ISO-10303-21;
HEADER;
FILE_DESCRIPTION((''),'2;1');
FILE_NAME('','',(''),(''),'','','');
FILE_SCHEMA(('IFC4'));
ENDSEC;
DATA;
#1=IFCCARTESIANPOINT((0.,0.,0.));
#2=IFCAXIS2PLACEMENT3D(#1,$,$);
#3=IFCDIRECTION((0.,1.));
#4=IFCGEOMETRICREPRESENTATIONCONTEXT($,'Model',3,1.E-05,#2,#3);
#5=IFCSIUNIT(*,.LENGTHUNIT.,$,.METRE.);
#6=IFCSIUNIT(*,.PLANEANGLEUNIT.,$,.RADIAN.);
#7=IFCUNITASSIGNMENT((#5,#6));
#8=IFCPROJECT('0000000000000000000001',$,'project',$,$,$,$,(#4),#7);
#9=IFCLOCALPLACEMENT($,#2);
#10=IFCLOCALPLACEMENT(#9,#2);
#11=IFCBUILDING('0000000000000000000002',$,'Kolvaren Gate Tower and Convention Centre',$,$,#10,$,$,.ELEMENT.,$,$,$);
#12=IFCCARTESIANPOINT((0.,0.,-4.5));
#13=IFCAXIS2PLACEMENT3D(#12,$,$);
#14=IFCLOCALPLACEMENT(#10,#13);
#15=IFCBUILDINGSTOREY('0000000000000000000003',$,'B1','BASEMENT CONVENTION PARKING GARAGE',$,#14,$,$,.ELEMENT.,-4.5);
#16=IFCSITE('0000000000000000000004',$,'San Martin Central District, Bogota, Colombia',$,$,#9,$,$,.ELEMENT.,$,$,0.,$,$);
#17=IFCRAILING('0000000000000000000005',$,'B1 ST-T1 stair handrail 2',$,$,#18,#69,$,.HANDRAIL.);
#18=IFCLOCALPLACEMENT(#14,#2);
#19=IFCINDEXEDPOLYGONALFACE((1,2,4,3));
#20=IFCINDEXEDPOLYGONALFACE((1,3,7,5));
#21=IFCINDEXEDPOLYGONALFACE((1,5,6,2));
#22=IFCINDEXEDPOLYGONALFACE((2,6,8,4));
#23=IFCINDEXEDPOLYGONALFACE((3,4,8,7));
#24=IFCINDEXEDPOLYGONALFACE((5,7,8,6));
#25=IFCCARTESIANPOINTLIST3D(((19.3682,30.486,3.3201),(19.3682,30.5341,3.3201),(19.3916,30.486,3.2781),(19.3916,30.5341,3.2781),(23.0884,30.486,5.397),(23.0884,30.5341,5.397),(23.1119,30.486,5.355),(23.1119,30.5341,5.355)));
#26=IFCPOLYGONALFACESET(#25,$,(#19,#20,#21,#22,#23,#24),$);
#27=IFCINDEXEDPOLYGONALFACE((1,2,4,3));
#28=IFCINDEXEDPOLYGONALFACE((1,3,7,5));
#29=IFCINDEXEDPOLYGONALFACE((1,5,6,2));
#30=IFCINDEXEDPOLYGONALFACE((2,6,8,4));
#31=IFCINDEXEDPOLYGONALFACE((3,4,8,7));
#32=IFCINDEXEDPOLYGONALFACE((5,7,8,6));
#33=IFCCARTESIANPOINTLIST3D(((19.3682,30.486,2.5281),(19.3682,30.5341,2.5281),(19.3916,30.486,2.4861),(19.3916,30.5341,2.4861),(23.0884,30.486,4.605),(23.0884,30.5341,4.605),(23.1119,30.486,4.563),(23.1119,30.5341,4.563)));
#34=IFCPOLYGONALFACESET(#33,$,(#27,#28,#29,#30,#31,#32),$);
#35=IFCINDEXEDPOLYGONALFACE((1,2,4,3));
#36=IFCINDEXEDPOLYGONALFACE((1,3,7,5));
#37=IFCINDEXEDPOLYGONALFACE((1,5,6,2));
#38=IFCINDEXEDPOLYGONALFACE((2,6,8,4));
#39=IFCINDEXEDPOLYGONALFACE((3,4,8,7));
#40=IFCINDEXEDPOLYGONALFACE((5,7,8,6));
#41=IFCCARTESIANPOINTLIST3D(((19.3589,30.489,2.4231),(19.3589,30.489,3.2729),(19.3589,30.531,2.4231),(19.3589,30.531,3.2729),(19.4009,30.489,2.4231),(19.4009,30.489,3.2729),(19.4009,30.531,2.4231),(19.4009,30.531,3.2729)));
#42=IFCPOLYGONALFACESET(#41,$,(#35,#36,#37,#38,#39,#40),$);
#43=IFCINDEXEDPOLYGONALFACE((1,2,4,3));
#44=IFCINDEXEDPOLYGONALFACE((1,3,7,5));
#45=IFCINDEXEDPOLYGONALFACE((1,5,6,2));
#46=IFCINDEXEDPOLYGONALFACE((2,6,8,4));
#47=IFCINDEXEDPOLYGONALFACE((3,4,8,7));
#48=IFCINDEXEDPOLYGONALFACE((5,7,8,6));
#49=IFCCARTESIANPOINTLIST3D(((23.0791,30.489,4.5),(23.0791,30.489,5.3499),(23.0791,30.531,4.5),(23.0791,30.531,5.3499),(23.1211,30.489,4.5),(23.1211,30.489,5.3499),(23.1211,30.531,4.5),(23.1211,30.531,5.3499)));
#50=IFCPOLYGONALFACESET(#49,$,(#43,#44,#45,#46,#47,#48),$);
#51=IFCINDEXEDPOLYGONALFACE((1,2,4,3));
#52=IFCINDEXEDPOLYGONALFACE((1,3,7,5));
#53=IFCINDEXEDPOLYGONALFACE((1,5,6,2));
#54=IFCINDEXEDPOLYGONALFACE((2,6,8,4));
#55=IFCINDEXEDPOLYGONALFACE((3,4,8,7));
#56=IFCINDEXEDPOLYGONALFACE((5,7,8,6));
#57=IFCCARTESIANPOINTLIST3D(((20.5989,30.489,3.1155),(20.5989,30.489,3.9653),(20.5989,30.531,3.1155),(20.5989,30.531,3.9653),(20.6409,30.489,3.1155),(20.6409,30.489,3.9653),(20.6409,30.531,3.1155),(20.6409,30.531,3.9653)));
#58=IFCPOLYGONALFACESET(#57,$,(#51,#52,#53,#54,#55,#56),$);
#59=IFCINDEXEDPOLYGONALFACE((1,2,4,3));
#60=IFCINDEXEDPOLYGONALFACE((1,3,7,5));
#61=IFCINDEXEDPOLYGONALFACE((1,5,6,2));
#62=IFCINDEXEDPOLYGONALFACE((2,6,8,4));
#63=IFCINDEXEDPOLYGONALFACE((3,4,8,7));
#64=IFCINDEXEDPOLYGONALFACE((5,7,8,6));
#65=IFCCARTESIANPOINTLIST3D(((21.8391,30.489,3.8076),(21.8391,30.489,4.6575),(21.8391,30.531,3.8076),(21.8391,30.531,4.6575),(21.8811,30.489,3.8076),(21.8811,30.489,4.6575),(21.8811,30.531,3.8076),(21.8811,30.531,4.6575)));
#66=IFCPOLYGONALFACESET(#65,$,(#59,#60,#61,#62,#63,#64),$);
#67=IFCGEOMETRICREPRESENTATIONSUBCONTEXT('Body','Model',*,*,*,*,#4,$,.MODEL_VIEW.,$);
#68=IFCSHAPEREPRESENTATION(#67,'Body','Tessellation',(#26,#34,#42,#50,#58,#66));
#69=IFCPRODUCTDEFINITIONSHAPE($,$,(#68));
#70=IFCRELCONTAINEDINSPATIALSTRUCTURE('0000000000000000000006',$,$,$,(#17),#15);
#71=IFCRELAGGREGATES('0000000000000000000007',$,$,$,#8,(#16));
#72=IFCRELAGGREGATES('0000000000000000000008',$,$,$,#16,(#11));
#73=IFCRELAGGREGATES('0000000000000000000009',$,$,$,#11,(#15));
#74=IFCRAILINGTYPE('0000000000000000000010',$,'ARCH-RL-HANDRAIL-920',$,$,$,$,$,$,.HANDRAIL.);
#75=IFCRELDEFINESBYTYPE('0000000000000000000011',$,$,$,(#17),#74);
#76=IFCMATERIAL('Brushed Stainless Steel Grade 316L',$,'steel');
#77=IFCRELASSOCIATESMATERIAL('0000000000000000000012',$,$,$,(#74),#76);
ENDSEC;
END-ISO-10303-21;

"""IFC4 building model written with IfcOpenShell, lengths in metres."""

from ifc_helpers import new_model, si_unit, direction, frame, origin, origin_2d, place, context, subcontext, project, spatial, rectangle, extrude, material, type_object, element, save


model = new_model("IFC4")

# Units and contexts
model_context = context("Model", 3, precision=1e-05, world=origin(), true_north=direction((0.0, 1.0)))
body_context = subcontext(model_context, "Body", "Model", "MODEL_VIEW")
ifc_project = project(units=[si_unit("LENGTHUNIT", "METRE"), si_unit("PLANEANGLEUNIT", "RADIAN")], contexts=[model_context])

# Site, building, storey
site_placement = place(None, origin())
site = spatial("IfcSite", under=ifc_project, at=site_placement, Name="San Martin Central District, Bogota, Colombia", CompositionType="ELEMENT", RefElevation=0.0)
building_placement = place(site_placement, origin())
building = spatial("IfcBuilding", under=site, at=building_placement, Name="Kolvaren Gate Tower and Convention Centre", CompositionType="ELEMENT")
storey_placement = place(building_placement, frame((0.0, 0.0, -4.5)))
storey = spatial("IfcBuildingStorey", under=building, at=storey_placement, Name="B1", Description="BASEMENT CONVENTION PARKING GARAGE", CompositionType="ELEMENT", Elevation=-4.5)

# Railing
ifc_material_1 = material(Name="Brushed Stainless Steel Grade 316L", Category="steel")
railing_type = type_object("IfcRailingType", Name="ARCH-RL-HANDRAIL-920", PredefinedType="HANDRAIL", material=ifc_material_1)
railing_placement = place(storey_placement, frame((19.3799, 30.51, 2.4231)))
element("IfcRailing", 1, at=railing_placement, inside=storey, type_object=railing_type, Name="B1 ST-T1 stair handrail 2", PredefinedType="HANDRAIL", context=body_context, shape_type="SweptSolid", body=[
    extrude(rectangle(XDim=0.0481, YDim=0.0481, at=origin_2d()), frame((0.0, 0.0, 0.876), z_axis=(0.873147, 0.0, 0.487457), x_axis=(0.0, 1.0, 0.0)), (0.0, 0.0, 1.0), 4.2607),
    extrude(rectangle(XDim=0.0481, YDim=0.0481, at=origin_2d()), frame((0.0, 0.0, 0.084), z_axis=(0.873147, 0.0, 0.487457), x_axis=(0.0, 1.0, 0.0)), (0.0, 0.0, 1.0), 4.2607),
    extrude(rectangle(XDim=0.042, YDim=0.042, at=origin_2d()), origin(), (0.0, 0.0, 1.0), 0.8499),
    extrude(rectangle(XDim=0.042, YDim=0.042, at=origin_2d()), frame((3.7202, 0.0, 2.0769)), (0.0, 0.0, 1.0), 0.8499),
    extrude(rectangle(XDim=0.042, YDim=0.042, at=origin_2d()), frame((1.24, 0.0, 0.6924)), (0.0, 0.0, 1.0), 0.8499),
    extrude(rectangle(XDim=0.042, YDim=0.042, at=origin_2d()), frame((2.4802, 0.0, 1.3845)), (0.0, 0.0, 1.0), 0.8499),
])

save(model, "model.ifc")
